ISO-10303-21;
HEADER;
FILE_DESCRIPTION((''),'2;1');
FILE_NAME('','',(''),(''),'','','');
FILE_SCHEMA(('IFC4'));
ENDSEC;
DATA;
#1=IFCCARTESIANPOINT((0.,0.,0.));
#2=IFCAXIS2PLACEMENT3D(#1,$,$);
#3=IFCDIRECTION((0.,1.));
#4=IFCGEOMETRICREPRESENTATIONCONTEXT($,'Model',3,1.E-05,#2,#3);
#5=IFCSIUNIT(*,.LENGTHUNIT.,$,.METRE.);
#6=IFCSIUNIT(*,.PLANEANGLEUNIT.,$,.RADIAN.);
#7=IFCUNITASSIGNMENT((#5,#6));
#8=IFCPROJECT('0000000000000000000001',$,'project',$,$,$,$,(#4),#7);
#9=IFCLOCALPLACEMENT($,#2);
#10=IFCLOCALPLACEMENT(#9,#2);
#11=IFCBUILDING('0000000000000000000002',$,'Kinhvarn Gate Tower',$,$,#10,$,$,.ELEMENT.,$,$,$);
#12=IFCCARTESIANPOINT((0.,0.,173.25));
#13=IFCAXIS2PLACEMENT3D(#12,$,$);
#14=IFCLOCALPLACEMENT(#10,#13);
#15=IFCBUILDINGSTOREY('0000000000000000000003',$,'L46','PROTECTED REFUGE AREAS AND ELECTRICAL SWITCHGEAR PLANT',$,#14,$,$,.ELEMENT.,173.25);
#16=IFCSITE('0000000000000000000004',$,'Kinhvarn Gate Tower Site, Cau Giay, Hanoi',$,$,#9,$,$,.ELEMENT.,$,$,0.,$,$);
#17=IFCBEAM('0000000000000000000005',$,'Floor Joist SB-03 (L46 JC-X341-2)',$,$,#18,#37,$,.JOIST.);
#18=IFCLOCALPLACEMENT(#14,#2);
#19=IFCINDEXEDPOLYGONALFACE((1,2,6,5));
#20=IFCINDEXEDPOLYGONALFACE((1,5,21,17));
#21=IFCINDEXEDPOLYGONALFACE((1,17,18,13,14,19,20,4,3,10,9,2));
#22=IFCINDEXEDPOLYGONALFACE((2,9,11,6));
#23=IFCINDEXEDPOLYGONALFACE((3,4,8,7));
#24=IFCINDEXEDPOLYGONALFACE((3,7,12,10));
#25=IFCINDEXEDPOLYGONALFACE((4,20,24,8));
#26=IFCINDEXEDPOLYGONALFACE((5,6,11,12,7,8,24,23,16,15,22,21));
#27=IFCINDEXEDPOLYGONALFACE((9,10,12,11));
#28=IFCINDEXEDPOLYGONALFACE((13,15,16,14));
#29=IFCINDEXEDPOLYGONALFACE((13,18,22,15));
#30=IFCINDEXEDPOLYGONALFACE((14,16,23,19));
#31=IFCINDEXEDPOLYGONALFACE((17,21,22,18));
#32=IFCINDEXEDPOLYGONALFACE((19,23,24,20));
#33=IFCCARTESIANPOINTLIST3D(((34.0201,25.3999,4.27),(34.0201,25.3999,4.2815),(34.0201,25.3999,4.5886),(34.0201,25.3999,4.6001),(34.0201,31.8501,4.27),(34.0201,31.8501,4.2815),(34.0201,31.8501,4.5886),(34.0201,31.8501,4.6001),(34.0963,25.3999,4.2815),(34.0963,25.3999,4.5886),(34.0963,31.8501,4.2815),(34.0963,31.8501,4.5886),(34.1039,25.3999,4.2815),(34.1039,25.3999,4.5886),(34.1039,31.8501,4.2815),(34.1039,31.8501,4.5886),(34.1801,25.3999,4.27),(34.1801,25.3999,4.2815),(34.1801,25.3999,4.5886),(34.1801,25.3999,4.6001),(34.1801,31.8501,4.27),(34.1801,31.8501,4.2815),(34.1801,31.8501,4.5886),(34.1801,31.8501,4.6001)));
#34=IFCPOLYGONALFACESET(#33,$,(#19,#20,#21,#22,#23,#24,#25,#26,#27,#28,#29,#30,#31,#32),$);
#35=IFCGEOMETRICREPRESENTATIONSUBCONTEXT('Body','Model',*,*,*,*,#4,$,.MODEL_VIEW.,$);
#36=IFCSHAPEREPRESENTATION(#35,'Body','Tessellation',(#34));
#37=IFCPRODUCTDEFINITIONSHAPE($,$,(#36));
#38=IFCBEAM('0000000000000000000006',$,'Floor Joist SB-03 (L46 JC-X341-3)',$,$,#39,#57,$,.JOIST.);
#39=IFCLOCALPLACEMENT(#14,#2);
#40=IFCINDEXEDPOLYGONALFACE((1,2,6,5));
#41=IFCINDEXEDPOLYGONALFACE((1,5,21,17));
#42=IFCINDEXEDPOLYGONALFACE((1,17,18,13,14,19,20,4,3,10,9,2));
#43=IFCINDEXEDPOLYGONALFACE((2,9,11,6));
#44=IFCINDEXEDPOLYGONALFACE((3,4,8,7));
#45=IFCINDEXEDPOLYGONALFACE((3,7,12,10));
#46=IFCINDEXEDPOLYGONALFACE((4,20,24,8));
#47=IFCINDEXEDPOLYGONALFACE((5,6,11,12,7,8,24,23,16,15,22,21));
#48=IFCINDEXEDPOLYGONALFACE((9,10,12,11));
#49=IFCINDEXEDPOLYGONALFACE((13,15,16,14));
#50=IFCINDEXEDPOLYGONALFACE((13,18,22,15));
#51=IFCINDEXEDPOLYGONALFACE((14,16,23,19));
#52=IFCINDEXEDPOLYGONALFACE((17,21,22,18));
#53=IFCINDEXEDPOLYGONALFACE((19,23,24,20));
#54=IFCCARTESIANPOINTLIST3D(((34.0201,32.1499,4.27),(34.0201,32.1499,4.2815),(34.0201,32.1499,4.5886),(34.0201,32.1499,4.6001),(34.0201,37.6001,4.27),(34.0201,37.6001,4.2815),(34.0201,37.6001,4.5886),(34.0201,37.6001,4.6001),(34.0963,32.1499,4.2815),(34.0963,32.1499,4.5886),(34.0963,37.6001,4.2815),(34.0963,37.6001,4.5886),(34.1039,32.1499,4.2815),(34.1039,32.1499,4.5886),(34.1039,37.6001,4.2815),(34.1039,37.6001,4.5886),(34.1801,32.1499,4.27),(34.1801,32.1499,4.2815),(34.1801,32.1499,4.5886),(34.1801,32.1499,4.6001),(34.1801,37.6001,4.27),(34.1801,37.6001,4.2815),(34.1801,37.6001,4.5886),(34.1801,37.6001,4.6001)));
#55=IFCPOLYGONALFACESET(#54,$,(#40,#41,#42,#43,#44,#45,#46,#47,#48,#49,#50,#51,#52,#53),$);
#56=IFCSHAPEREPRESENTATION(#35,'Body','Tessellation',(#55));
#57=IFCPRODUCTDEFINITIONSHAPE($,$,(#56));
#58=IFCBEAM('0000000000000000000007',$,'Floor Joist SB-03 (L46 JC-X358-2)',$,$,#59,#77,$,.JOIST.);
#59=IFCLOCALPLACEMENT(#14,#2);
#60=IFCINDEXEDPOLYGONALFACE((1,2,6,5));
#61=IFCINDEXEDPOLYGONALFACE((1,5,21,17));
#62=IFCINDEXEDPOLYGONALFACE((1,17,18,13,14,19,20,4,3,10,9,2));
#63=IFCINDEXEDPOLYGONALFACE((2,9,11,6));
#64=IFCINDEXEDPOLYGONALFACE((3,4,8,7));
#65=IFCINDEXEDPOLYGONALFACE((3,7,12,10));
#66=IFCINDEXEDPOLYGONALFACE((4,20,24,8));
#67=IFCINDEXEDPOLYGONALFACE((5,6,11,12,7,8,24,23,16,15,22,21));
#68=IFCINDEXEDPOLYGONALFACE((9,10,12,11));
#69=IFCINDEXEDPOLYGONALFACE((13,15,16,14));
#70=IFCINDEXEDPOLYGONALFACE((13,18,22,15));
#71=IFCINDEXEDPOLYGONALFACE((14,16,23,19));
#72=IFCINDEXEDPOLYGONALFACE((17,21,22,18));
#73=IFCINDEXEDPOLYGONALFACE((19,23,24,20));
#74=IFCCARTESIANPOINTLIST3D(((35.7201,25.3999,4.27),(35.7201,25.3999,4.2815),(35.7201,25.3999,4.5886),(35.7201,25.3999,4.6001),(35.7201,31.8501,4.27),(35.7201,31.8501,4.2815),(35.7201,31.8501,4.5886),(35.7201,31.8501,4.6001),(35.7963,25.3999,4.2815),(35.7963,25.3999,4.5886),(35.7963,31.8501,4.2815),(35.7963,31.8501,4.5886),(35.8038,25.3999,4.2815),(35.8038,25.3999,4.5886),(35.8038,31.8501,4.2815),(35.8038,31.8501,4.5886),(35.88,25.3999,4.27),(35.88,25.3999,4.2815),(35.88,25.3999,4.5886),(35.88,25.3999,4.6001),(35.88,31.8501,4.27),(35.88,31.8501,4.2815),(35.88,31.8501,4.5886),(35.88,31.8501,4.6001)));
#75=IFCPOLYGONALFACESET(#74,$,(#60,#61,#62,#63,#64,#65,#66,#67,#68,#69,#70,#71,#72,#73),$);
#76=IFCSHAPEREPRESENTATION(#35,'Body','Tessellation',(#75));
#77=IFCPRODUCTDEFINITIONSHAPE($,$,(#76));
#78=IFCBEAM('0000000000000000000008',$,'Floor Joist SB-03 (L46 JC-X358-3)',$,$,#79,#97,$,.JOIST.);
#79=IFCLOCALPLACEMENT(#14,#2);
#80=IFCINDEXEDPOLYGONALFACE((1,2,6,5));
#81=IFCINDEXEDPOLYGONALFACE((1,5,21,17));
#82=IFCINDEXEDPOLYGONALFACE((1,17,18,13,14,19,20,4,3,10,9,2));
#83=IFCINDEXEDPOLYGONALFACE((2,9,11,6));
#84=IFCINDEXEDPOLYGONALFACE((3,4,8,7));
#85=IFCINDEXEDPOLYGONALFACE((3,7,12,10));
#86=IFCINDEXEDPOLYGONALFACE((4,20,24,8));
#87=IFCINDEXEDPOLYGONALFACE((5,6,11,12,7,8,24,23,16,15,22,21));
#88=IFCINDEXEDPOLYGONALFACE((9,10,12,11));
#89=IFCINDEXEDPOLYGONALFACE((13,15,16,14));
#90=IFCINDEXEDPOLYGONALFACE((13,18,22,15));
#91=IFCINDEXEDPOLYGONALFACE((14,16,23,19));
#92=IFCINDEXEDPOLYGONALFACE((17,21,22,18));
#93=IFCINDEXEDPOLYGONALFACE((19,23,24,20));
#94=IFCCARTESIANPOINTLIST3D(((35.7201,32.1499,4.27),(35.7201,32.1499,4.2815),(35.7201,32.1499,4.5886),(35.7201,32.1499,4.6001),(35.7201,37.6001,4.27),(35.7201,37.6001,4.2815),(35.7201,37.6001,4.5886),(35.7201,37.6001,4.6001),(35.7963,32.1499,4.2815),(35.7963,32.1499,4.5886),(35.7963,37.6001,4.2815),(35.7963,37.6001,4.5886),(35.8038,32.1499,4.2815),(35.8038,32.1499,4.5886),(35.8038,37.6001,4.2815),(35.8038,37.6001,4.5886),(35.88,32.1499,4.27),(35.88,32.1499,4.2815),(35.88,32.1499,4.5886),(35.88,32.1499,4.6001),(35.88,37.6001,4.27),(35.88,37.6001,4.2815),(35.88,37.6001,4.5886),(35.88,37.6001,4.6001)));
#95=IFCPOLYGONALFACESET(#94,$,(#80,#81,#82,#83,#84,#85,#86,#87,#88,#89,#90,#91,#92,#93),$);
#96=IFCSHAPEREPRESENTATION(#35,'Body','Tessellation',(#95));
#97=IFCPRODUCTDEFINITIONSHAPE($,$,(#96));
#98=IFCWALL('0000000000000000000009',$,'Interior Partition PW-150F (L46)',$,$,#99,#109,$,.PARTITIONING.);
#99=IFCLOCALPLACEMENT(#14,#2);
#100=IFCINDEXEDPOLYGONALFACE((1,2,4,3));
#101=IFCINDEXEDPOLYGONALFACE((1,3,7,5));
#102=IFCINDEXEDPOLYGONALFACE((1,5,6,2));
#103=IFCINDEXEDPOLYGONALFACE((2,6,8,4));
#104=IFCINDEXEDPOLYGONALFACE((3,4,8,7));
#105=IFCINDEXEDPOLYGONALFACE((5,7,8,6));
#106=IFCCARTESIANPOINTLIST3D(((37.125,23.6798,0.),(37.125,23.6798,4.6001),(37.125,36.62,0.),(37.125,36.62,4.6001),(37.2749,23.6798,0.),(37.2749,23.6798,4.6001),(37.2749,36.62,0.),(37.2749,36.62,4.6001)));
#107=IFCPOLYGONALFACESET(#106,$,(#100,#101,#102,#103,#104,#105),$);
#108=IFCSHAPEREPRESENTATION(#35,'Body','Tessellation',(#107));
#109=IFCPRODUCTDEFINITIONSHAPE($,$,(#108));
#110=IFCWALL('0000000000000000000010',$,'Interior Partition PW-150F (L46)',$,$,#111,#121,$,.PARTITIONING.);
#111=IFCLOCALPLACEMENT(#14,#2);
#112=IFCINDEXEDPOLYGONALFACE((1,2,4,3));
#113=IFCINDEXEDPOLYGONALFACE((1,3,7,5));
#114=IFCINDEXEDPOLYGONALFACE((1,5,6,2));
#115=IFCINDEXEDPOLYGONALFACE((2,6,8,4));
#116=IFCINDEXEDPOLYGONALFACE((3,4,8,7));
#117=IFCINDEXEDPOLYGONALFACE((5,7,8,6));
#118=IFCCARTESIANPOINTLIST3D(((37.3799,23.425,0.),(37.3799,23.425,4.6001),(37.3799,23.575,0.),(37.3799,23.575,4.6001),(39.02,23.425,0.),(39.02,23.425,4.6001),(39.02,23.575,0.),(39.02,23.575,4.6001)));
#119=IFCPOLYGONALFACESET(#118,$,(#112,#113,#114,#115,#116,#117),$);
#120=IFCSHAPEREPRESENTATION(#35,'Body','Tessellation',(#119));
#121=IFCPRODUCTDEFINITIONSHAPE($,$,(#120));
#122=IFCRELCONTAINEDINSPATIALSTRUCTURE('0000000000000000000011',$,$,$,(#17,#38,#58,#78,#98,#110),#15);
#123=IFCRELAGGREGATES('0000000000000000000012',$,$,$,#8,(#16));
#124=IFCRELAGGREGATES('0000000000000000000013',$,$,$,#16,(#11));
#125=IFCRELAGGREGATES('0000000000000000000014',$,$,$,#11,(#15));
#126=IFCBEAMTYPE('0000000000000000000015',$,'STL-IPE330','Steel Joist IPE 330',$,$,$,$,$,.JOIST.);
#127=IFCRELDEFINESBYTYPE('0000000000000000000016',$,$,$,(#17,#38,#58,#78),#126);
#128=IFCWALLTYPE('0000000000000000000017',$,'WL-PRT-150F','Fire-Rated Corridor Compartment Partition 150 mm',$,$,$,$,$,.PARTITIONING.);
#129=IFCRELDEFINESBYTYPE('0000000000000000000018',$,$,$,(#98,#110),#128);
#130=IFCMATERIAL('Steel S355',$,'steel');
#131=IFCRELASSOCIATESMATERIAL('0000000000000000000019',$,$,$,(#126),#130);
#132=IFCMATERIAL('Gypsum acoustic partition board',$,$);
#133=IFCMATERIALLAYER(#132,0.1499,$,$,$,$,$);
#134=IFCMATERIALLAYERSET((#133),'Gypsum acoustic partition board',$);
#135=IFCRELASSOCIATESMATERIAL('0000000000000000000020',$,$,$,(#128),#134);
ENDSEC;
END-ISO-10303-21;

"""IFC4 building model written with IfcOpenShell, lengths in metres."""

from ifc_helpers import new_model, si_unit, direction, frame, frame_2d, origin, origin_2d, place, context, subcontext, project, spatial, rectangle, i_section, extrude, material, layer, layer_set, material_profile, profile_set, type_object, element, save


model = new_model("IFC4")

# Units and contexts
model_context = context("Model", 3, precision=1e-05, world=origin(), true_north=direction((0.0, 1.0)))
body_context = subcontext(model_context, "Body", "Model", "MODEL_VIEW")
ifc_project = project(units=[si_unit("LENGTHUNIT", "METRE"), si_unit("PLANEANGLEUNIT", "RADIAN")], contexts=[model_context])

# Site, building, storey
site_placement = place(None, origin())
site = spatial("IfcSite", under=ifc_project, at=site_placement, Name="Kinhvarn Gate Tower Site, Cau Giay, Hanoi", CompositionType="ELEMENT", RefElevation=0.0)
building_placement = place(site_placement, origin())
building = spatial("IfcBuilding", under=site, at=building_placement, Name="Kinhvarn Gate Tower", CompositionType="ELEMENT")
storey_placement = place(building_placement, frame((0.0, 0.0, 173.25)))
storey = spatial("IfcBuildingStorey", under=building, at=storey_placement, Name="L46", Description="PROTECTED REFUGE AREAS AND ELECTRICAL SWITCHGEAR PLANT", CompositionType="ELEMENT", Elevation=173.25)

# Shared definitions
ifc_material_1 = material(Name="Steel S355", Category="steel")

# Beams
ifc_material_profile_1 = material_profile(ifc_material_1, i_section(OverallWidth=0.1599, OverallDepth=0.3301, WebThickness=0.0076, FlangeThickness=0.0115, at=origin_2d()), Name="IPE 330")
ifc_profile_set_1 = profile_set([ifc_material_profile_1], Name="Steel S355")
beam_type_1 = type_object("IfcBeamType", Name="STL-IPE330", Description="Steel Joist IPE 330", PredefinedType="JOIST", material=ifc_profile_set_1)
beam_1_placement = place(storey_placement, frame((34.1001, 25.3999, 4.4351), z_axis=(0.0, 1.0, 0.0), x_axis=(-1.0, 0.0, 0.0)))
element("IfcBeam", 1, at=beam_1_placement, inside=storey, type_object=beam_type_1, Name="Floor Joist SB-03 (L46 JC-X341-2)", PredefinedType="JOIST", context=body_context, shape_type="SweptSolid", body=[
    extrude(i_section(OverallWidth=0.1599, OverallDepth=0.3301, WebThickness=0.0076, FlangeThickness=0.0115, at=origin_2d()), origin(), (0.0, 0.0, 1.0), 6.4502),
])
beam_2_placement = place(storey_placement, frame((34.1001, 32.1499, 4.4351), z_axis=(0.0, 1.0, 0.0), x_axis=(-1.0, 0.0, 0.0)))
element("IfcBeam", 2, at=beam_2_placement, inside=storey, type_object=beam_type_1, Name="Floor Joist SB-03 (L46 JC-X341-3)", PredefinedType="JOIST", context=body_context, shape_type="SweptSolid", body=[
    extrude(i_section(OverallWidth=0.1599, OverallDepth=0.3301, WebThickness=0.0076, FlangeThickness=0.0115, at=origin_2d()), origin(), (0.0, 0.0, 1.0), 5.4502),
])
beam_3_placement = place(storey_placement, frame((35.8, 25.3999, 4.4351), z_axis=(0.0, 1.0, 0.0), x_axis=(-1.0, 0.0, 0.0)))
element("IfcBeam", 3, at=beam_3_placement, inside=storey, type_object=beam_type_1, Name="Floor Joist SB-03 (L46 JC-X358-2)", PredefinedType="JOIST", context=body_context, shape_type="SweptSolid", body=[
    extrude(i_section(OverallWidth=0.1599, OverallDepth=0.3301, WebThickness=0.0076, FlangeThickness=0.0115, at=origin_2d()), origin(), (0.0, 0.0, 1.0), 6.4502),
])
beam_4_placement = place(storey_placement, frame((35.8, 32.1499, 4.4351), z_axis=(0.0, 1.0, 0.0), x_axis=(-1.0, 0.0, 0.0)))
element("IfcBeam", 4, at=beam_4_placement, inside=storey, type_object=beam_type_1, Name="Floor Joist SB-03 (L46 JC-X358-3)", PredefinedType="JOIST", context=body_context, shape_type="SweptSolid", body=[
    extrude(i_section(OverallWidth=0.1599, OverallDepth=0.3301, WebThickness=0.0076, FlangeThickness=0.0115, at=origin_2d()), origin(), (0.0, 0.0, 1.0), 5.4502),
])

# Walls
ifc_material_2 = material(Name="Gypsum acoustic partition board")
ifc_layer = layer(ifc_material_2, 0.1499)
ifc_layer_set = layer_set([ifc_layer], Name="Gypsum acoustic partition board")
wall_type = type_object("IfcWallType", Name="WL-PRT-150F", Description="Fire-Rated Corridor Compartment Partition 150 mm", PredefinedType="PARTITIONING", material=ifc_layer_set)
wall_1_placement = place(storey_placement, frame((37.2, 36.6201, 0.0), z_axis=(0.0, 0.0, 1.0), x_axis=(0.0, -1.0, 0.0)))
element("IfcWall", 5, at=wall_1_placement, inside=storey, type_object=wall_type, Name="Interior Partition PW-150F (L46)", PredefinedType="PARTITIONING", context=body_context, shape_type="SweptSolid", body=[
    extrude(rectangle(XDim=12.9402, YDim=0.1499, at=frame_2d((6.4702, 0.0))), origin(), (0.0, 0.0, 1.0), 4.6001),
])
wall_2_placement = place(storey_placement, frame((37.3799, 23.5, 0.0), z_axis=(0.0, 0.0, 1.0), x_axis=(1.0, 0.0, 0.0)))
element("IfcWall", 6, at=wall_2_placement, inside=storey, type_object=wall_type, Name="Interior Partition PW-150F (L46)", PredefinedType="PARTITIONING", context=body_context, shape_type="SweptSolid", body=[
    extrude(rectangle(XDim=1.6401, YDim=0.1499, at=frame_2d((0.8201, 0.0))), origin(), (0.0, 0.0, 1.0), 4.6001),
])

save(model, "model.ifc")
